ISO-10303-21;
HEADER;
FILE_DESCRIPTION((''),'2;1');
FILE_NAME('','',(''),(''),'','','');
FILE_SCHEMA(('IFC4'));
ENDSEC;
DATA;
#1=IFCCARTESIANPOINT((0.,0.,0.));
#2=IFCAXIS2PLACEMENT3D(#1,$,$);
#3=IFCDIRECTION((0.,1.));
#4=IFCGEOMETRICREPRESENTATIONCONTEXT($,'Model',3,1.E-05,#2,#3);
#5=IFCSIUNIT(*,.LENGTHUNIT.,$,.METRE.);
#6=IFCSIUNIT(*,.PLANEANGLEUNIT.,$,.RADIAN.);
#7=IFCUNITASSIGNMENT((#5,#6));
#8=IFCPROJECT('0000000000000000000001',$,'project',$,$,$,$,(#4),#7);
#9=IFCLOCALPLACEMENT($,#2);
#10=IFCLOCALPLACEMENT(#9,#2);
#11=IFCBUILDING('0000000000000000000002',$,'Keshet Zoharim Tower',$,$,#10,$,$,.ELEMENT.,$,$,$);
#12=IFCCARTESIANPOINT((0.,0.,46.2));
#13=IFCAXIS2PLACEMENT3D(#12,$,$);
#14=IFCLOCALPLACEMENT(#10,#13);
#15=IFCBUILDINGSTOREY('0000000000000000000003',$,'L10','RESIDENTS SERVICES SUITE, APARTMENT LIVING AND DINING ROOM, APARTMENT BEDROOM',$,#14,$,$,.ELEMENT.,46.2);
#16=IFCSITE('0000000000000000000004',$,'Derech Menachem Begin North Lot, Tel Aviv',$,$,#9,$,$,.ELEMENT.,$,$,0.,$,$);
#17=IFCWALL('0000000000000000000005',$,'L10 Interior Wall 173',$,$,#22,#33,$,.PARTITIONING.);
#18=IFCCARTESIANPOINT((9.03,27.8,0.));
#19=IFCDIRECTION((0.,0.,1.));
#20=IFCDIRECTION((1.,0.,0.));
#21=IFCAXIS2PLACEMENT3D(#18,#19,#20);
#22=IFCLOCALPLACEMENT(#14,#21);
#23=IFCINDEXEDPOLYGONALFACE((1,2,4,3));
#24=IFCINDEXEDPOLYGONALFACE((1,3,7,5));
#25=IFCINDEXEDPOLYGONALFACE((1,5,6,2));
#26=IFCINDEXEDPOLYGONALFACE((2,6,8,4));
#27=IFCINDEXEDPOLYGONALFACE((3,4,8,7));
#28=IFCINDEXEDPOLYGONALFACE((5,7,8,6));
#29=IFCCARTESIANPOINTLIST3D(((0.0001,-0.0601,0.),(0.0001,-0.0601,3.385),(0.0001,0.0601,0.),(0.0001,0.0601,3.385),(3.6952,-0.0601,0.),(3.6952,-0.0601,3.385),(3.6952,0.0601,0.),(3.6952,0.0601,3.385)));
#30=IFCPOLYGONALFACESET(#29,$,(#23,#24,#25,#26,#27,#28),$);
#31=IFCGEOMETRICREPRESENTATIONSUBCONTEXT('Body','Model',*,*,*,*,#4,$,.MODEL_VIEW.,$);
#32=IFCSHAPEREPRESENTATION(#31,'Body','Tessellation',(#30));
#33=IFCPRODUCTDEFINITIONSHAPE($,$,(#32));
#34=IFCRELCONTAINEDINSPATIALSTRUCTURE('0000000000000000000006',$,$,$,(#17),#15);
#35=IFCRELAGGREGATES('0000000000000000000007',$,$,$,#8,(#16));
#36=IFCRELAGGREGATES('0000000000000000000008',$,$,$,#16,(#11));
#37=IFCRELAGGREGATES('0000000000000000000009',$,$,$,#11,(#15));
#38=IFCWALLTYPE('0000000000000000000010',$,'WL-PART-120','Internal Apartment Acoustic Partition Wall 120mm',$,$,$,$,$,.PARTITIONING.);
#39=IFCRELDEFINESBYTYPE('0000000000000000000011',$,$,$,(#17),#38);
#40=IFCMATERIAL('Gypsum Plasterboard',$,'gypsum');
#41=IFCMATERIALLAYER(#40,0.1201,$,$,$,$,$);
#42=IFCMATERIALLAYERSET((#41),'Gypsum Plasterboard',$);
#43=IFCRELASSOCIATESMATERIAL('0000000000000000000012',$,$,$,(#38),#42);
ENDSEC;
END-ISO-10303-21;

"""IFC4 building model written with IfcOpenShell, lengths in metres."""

from ifc_helpers import new_model, si_unit, direction, frame, frame_2d, origin, place, context, subcontext, project, spatial, rectangle, extrude, material, layer, layer_set, type_object, element, save


model = new_model("IFC4")

# Units and contexts
model_context = context("Model", 3, precision=1e-05, world=origin(), true_north=direction((0.0, 1.0)))
body_context = subcontext(model_context, "Body", "Model", "MODEL_VIEW")
ifc_project = project(units=[si_unit("LENGTHUNIT", "METRE"), si_unit("PLANEANGLEUNIT", "RADIAN")], contexts=[model_context])

# Site, building, storey
site_placement = place(None, origin())
site = spatial("IfcSite", under=ifc_project, at=site_placement, Name="Derech Menachem Begin North Lot, Tel Aviv", CompositionType="ELEMENT", RefElevation=0.0)
building_placement = place(site_placement, origin())
building = spatial("IfcBuilding", under=site, at=building_placement, Name="Keshet Zoharim Tower", CompositionType="ELEMENT")
storey_placement = place(building_placement, frame((0.0, 0.0, 46.2)))
storey = spatial("IfcBuildingStorey", under=building, at=storey_placement, Name="L10", Description="RESIDENTS SERVICES SUITE, APARTMENT LIVING AND DINING ROOM, APARTMENT BEDROOM", CompositionType="ELEMENT", Elevation=46.2)

# Shared definitions
ifc_material_1 = material(Name="Gypsum Plasterboard", Category="gypsum")
ifc_layer_1 = layer(ifc_material_1, 0.1201)
ifc_layer_set_1 = layer_set([ifc_layer_1], Name="Gypsum Plasterboard")
wall_type_1 = type_object("IfcWallType", Name="WL-PART-120", Description="Internal Apartment Acoustic Partition Wall 120mm", PredefinedType="PARTITIONING", material=ifc_layer_set_1)

# Wall
wall_1_placement = place(storey_placement, frame((9.03, 27.8, 0.0), z_axis=(0.0, 0.0, 1.0), x_axis=(1.0, 0.0, 0.0)))
element("IfcWall", 1, at=wall_1_placement, inside=storey, type_object=wall_type_1, Name="L10 Interior Wall 173", PredefinedType="PARTITIONING", context=body_context, shape_type="SweptSolid", body=[
    extrude(rectangle(XDim=3.6951, YDim=0.1201, at=frame_2d((1.8477, 0.0))), origin(), (0.0, 0.0, 1.0), 3.385),
])

save(model, "model.ifc")
